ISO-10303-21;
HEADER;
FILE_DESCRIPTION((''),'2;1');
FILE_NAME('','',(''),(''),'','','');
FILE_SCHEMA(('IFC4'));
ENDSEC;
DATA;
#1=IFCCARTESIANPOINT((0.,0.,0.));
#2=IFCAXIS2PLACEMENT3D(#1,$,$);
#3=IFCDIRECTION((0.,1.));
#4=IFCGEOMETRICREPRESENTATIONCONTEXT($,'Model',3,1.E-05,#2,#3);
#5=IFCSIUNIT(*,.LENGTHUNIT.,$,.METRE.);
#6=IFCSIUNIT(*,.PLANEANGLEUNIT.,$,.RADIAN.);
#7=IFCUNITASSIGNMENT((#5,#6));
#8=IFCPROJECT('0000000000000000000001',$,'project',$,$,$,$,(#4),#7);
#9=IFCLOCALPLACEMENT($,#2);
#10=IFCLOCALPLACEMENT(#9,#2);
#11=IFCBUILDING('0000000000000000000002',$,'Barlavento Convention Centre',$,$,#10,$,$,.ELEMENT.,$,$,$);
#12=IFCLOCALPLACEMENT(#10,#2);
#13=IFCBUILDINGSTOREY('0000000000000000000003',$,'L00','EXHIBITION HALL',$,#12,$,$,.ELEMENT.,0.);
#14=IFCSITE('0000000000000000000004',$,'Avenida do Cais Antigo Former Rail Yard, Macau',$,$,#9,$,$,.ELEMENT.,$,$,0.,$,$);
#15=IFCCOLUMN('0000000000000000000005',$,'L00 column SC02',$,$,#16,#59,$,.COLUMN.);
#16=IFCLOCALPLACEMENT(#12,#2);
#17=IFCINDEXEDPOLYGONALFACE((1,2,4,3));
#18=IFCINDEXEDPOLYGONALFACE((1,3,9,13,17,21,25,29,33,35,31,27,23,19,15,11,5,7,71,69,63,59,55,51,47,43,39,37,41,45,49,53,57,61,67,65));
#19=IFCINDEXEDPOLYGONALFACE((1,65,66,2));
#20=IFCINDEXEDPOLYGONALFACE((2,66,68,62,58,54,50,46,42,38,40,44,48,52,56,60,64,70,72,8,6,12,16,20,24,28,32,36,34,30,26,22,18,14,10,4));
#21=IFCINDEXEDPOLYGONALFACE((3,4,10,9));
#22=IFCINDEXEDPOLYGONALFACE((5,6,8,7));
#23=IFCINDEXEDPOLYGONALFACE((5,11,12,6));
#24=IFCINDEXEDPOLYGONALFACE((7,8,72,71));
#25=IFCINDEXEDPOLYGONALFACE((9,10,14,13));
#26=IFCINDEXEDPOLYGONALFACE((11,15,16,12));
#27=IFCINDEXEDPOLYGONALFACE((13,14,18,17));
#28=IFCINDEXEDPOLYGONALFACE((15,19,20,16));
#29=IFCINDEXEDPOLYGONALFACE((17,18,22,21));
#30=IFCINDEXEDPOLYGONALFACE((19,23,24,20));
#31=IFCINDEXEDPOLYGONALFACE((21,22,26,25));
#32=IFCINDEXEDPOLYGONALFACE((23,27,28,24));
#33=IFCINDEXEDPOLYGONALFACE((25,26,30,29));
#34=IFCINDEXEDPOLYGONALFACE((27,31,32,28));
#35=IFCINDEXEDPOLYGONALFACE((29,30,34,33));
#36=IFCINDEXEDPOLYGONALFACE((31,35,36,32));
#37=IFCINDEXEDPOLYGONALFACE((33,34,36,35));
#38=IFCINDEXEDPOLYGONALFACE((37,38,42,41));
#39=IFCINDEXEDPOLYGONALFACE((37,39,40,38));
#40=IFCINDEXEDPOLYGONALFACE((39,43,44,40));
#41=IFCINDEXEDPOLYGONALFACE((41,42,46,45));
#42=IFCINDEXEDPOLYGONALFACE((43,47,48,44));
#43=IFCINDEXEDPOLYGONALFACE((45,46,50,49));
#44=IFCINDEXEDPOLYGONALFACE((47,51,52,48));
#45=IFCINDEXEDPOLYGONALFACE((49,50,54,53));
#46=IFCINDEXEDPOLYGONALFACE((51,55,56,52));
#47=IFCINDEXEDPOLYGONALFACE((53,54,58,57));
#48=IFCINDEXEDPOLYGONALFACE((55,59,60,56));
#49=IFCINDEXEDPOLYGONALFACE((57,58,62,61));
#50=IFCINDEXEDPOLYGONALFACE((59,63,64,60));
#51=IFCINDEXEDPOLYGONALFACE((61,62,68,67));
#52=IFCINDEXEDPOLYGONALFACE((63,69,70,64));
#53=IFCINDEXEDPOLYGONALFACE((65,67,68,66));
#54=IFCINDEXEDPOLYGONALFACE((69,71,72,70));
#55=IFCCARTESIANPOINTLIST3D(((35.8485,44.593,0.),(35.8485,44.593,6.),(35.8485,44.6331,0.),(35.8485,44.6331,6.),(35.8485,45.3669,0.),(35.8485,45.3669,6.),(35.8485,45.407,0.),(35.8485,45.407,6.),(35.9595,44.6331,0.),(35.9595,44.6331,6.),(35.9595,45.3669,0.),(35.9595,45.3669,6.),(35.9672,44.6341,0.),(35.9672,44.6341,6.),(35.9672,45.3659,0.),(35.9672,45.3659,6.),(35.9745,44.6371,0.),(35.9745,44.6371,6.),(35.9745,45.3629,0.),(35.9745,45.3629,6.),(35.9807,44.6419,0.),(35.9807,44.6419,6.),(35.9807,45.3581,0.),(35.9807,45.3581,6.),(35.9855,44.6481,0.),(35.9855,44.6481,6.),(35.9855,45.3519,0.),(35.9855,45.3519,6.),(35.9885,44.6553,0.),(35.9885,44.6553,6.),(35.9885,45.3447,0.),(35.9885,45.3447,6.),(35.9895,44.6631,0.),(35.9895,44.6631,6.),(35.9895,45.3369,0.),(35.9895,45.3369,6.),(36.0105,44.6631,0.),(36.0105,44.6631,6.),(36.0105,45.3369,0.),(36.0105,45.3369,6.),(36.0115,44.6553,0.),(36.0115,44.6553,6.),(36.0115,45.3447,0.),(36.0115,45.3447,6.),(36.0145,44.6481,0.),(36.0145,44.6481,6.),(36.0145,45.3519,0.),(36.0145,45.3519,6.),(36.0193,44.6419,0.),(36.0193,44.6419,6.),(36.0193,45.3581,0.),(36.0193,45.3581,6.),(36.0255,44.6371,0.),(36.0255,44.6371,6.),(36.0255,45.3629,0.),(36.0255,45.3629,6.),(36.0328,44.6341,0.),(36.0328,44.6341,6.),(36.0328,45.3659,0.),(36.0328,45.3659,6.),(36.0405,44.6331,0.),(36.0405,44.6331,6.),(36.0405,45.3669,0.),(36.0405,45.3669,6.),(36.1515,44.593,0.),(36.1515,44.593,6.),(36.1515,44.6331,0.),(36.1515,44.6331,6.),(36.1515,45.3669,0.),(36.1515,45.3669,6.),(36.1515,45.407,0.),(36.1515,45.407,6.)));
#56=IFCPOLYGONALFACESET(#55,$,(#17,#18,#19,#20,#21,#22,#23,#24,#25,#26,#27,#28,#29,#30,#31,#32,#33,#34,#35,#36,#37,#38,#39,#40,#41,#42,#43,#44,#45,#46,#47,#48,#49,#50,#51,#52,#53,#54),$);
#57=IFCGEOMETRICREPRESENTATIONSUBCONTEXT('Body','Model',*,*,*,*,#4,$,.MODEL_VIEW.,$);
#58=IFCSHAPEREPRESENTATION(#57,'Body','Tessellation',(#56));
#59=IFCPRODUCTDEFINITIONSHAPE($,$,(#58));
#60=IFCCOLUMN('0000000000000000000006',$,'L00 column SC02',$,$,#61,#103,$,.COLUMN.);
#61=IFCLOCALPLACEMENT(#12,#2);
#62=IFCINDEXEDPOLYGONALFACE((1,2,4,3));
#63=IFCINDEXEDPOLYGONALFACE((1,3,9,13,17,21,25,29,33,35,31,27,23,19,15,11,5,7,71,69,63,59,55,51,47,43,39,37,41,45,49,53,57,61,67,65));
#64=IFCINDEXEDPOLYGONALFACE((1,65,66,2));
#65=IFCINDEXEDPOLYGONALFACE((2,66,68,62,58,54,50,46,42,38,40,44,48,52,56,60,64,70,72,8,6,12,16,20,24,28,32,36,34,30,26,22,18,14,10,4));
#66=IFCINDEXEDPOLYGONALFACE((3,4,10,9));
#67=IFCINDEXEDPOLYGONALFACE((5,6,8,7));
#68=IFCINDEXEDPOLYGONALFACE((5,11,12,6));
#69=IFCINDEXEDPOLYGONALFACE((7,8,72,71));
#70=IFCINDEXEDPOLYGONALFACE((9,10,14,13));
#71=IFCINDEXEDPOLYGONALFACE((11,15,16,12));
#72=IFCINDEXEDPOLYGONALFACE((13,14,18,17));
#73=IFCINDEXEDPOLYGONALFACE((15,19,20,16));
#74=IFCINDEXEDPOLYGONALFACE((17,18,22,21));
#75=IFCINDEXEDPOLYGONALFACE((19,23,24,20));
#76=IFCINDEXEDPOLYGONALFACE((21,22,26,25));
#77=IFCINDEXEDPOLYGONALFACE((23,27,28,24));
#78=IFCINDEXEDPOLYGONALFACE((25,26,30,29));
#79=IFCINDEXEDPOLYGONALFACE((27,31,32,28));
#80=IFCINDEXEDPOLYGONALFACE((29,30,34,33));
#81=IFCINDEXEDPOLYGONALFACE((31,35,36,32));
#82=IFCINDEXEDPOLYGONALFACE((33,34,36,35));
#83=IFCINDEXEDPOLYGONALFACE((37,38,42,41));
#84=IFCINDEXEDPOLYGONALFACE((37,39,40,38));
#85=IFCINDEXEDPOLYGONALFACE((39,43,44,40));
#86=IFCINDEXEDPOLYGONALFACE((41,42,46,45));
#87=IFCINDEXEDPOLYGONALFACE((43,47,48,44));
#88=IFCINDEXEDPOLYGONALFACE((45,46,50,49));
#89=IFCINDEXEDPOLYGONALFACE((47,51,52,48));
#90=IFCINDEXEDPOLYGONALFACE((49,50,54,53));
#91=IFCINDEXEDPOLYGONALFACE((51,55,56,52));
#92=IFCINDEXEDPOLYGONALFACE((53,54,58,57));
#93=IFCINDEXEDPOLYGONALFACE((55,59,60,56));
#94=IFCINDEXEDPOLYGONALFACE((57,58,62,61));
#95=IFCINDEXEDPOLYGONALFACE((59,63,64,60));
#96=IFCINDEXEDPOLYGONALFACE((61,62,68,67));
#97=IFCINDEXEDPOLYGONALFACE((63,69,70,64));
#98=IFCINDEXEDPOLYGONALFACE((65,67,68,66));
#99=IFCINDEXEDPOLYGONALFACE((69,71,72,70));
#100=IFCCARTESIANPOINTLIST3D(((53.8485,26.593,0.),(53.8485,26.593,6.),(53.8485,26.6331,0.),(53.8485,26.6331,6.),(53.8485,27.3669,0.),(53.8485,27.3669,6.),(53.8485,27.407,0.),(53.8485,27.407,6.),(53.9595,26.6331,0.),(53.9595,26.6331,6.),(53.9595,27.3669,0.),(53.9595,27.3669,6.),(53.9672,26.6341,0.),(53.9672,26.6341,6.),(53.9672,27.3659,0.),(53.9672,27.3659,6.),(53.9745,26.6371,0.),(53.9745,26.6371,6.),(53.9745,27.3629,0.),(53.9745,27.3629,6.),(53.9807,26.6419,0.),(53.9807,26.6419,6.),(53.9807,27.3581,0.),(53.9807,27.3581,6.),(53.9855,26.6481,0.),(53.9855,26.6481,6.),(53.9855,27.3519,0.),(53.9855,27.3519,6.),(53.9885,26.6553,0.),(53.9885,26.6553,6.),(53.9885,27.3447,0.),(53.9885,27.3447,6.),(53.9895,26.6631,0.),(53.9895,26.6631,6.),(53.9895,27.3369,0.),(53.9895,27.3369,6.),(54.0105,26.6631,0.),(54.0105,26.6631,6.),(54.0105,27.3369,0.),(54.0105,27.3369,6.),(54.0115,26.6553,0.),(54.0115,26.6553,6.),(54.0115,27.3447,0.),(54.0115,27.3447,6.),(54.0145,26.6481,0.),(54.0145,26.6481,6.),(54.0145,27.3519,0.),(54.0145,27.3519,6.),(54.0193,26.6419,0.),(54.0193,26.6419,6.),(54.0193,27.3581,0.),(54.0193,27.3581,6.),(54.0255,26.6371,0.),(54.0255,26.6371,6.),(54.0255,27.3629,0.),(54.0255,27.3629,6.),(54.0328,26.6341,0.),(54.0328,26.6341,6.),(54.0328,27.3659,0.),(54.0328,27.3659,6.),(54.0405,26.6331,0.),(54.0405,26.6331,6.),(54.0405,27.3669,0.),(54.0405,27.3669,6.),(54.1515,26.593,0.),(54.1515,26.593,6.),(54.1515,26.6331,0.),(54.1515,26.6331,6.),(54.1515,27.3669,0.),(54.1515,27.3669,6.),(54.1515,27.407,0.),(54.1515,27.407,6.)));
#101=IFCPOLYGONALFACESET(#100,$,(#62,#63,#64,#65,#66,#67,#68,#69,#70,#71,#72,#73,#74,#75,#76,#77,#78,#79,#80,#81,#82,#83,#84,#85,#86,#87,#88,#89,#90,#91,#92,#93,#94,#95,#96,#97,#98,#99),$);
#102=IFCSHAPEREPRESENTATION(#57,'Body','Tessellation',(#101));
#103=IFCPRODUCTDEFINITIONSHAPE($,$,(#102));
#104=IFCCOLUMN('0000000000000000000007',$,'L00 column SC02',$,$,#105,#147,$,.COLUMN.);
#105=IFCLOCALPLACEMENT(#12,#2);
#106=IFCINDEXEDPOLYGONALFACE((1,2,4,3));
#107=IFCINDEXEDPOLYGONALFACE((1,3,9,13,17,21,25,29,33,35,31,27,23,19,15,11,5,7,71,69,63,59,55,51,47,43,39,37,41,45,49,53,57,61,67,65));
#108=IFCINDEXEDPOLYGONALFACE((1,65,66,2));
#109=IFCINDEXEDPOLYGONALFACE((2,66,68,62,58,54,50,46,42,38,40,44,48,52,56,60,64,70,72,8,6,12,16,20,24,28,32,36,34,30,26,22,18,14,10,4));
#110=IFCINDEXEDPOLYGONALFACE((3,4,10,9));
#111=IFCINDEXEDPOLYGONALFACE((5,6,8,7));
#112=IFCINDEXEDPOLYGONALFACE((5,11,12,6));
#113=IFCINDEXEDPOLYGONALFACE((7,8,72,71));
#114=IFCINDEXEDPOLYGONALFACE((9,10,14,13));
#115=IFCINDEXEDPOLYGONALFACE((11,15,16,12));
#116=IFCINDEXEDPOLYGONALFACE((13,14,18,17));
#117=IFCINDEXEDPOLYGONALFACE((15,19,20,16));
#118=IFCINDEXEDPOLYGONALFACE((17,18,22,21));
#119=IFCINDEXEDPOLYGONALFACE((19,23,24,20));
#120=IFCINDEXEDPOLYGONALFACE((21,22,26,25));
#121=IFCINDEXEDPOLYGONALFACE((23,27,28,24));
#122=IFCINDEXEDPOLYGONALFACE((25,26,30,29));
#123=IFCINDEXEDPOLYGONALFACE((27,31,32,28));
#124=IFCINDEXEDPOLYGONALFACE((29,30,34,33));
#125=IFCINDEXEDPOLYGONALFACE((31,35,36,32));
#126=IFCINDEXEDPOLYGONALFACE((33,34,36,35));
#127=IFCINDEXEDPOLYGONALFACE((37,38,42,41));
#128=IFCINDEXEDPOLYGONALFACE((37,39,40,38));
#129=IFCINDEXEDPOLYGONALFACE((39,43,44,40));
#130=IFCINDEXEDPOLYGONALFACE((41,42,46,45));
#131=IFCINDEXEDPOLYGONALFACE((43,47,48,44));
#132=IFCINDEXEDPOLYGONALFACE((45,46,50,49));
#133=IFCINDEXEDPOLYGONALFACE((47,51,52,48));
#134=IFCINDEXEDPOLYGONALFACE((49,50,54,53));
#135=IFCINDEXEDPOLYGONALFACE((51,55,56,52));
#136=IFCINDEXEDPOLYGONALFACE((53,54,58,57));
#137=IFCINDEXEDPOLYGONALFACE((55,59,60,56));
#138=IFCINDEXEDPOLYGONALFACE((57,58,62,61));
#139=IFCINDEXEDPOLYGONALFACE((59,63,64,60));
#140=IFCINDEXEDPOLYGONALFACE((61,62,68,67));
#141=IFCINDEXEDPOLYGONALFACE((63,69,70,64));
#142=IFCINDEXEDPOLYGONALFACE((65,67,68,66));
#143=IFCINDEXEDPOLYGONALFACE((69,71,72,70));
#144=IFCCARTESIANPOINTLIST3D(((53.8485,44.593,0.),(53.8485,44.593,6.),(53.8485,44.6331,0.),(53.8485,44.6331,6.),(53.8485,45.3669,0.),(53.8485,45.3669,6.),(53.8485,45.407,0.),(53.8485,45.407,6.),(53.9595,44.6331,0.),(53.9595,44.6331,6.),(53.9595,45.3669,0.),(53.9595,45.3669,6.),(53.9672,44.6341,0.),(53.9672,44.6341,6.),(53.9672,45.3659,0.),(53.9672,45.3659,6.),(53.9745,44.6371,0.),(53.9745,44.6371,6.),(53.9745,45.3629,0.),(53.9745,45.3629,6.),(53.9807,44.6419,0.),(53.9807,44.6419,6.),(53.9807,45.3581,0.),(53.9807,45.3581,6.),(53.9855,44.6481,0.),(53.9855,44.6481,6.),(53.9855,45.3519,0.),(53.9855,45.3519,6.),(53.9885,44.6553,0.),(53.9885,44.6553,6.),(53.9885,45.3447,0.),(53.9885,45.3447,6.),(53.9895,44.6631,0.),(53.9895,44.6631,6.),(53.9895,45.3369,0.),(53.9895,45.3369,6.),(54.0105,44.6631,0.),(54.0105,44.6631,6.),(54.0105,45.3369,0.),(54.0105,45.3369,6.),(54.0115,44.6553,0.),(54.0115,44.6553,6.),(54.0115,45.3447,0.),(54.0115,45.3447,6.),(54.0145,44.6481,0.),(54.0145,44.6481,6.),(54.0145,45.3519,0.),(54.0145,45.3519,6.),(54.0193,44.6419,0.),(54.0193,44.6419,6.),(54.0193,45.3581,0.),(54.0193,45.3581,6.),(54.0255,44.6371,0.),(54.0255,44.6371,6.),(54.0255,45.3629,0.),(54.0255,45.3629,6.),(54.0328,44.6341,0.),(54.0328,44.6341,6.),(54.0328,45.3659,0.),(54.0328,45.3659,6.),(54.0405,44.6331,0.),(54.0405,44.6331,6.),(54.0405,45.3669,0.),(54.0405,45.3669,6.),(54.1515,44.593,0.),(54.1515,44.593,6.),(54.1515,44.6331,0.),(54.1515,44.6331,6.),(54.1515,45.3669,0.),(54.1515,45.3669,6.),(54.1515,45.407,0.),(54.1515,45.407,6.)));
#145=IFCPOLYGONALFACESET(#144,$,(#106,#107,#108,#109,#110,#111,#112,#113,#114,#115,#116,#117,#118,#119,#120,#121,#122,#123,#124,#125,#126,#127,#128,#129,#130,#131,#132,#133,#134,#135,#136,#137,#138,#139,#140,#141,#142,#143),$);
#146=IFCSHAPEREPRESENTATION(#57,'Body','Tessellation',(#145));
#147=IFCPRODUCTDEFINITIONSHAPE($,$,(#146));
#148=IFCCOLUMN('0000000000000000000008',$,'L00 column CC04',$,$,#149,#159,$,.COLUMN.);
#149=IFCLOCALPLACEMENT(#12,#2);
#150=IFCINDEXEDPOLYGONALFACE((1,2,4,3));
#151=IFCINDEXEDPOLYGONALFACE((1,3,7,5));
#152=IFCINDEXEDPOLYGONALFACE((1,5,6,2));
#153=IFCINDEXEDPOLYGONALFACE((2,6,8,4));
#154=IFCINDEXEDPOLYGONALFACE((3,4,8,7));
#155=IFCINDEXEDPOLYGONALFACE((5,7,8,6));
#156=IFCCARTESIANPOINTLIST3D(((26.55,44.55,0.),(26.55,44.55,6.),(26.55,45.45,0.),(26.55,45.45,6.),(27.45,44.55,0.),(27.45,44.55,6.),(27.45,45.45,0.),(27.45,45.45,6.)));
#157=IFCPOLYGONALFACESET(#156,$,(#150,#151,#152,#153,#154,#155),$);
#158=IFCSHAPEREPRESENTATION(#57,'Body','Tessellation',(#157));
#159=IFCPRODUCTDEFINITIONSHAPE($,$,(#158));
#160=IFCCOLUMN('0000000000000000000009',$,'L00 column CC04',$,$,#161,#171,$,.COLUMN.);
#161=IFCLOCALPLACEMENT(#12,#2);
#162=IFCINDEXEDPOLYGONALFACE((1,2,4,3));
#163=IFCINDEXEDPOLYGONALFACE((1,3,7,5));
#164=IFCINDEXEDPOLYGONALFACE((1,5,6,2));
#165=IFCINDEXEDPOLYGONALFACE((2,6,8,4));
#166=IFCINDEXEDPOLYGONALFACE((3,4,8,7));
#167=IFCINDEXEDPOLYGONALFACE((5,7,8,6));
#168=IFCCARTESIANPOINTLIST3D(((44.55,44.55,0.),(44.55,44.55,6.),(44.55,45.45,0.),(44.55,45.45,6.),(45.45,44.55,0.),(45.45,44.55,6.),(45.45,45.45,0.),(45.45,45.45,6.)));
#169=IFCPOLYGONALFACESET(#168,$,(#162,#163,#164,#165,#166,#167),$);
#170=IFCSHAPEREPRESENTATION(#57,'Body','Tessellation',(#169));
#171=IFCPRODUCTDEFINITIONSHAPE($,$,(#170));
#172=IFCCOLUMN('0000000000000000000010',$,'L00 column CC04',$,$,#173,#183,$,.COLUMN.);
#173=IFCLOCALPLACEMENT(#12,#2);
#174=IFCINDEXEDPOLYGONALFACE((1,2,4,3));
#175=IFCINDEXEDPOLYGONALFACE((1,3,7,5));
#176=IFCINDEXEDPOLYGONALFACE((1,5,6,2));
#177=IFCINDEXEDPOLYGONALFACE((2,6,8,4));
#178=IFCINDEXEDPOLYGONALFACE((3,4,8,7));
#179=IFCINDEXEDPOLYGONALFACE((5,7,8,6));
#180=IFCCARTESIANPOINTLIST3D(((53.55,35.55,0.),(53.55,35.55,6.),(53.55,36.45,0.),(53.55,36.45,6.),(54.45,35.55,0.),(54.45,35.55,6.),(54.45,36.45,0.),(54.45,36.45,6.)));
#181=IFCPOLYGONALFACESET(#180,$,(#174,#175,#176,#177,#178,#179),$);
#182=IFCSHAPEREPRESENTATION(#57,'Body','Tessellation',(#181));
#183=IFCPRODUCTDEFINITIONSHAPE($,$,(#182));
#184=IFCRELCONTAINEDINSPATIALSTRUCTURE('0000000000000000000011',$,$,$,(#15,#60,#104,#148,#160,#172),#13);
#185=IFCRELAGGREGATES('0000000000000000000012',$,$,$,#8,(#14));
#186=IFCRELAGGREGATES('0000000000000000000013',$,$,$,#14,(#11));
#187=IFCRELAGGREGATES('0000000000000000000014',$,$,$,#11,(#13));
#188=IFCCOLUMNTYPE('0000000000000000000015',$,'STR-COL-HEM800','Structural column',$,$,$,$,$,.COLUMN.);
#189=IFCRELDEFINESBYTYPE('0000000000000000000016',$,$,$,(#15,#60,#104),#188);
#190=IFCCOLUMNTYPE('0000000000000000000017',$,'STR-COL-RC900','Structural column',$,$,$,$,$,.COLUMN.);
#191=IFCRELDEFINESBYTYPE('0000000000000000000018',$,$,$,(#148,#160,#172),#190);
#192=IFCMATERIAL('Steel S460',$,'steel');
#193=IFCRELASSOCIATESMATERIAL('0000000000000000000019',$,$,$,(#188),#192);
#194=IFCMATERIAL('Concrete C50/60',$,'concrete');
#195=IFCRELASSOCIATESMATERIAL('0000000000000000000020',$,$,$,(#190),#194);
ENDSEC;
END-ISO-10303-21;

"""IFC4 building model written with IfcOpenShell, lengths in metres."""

from ifc_helpers import new_model, si_unit, direction, frame, origin, origin_2d, place, context, subcontext, project, spatial, rectangle, i_section, extrude, material, material_profile, profile_set, type_object, element, save


model = new_model("IFC4")

# Units and contexts
model_context = context("Model", 3, precision=1e-05, world=origin(), true_north=direction((0.0, 1.0)))
body_context = subcontext(model_context, "Body", "Model", "MODEL_VIEW")
ifc_project = project(units=[si_unit("LENGTHUNIT", "METRE"), si_unit("PLANEANGLEUNIT", "RADIAN")], contexts=[model_context])

# Site, building, storey
site_placement = place(None, origin())
site = spatial("IfcSite", under=ifc_project, at=site_placement, Name="Avenida do Cais Antigo Former Rail Yard, Macau", CompositionType="ELEMENT", RefElevation=0.0)
building_placement = place(site_placement, origin())
building = spatial("IfcBuilding", under=site, at=building_placement, Name="Barlavento Convention Centre", CompositionType="ELEMENT")
storey_placement = place(building_placement, origin())
storey = spatial("IfcBuildingStorey", under=building, at=storey_placement, Name="L00", Description="EXHIBITION HALL", CompositionType="ELEMENT", Elevation=0.0)

# Columns
ifc_material_1 = material(Name="Steel S460", Category="steel")
ifc_material_profile_1 = material_profile(ifc_material_1, i_section(OverallWidth=0.303, OverallDepth=0.814, WebThickness=0.021, FlangeThickness=0.04, FilletRadius=0.03, at=origin_2d()), Name="HEM 800")
ifc_profile_set_1 = profile_set([ifc_material_profile_1], Name="Steel S460")
column_type_1 = type_object("IfcColumnType", Name="STR-COL-HEM800", Description="Structural column", PredefinedType="COLUMN", material=ifc_profile_set_1)
for number, where, z_axis, x_axis, name in (
    (1, (36.0, 45.0, 0.0), (0.0, 0.0, 1.0), (1.0, 0.0, 0.0), "L00 column SC02"),
    (2, (54.0, 27.0, 0.0), (0.0, 0.0, 1.0), (1.0, 0.0, 0.0), "L00 column SC02"),
    (3, (54.0, 45.0, 0.0), (0.0, 0.0, 1.0), (1.0, 0.0, 0.0), "L00 column SC02"),
):
    element("IfcColumn", number, at=place(storey_placement, frame(where, z_axis=z_axis, x_axis=x_axis)), inside=storey, type_object=column_type_1, Name=name, PredefinedType="COLUMN", context=body_context, shape_type="SweptSolid", body=[
        extrude(i_section(OverallWidth=0.303, OverallDepth=0.814, WebThickness=0.021, FlangeThickness=0.04, FilletRadius=0.03, at=origin_2d()), origin(), (0.0, 0.0, 1.0), 6.0),
    ])
ifc_material_2 = material(Name="Concrete C50/60", Category="concrete")
ifc_material_profile_2 = material_profile(ifc_material_2, rectangle(XDim=0.8999, YDim=0.8999, at=origin_2d()), Name="RC 900x900")
ifc_profile_set_2 = profile_set([ifc_material_profile_2], Name="Concrete C50/60")
column_type_2 = type_object("IfcColumnType", Name="STR-COL-RC900", Description="Structural column", PredefinedType="COLUMN", material=ifc_profile_set_2)
for number, where, z_axis, x_axis, name in (
    (4, (27.0, 45.0, 0.0), (0.0, 0.0, 1.0), (1.0, 0.0, 0.0), "L00 column CC04"),
    (5, (45.0, 45.0, 0.0), (0.0, 0.0, 1.0), (1.0, 0.0, 0.0), "L00 column CC04"),
    (6, (54.0, 36.0, 0.0), (0.0, 0.0, 1.0), (1.0, 0.0, 0.0), "L00 column CC04"),
):
    element("IfcColumn", number, at=place(storey_placement, frame(where, z_axis=z_axis, x_axis=x_axis)), inside=storey, type_object=column_type_2, Name=name, PredefinedType="COLUMN", context=body_context, shape_type="SweptSolid", body=[
        extrude(rectangle(XDim=0.8999, YDim=0.8999, at=origin_2d()), origin(), (0.0, 0.0, 1.0), 6.0),
    ])

save(model, "model.ifc")
